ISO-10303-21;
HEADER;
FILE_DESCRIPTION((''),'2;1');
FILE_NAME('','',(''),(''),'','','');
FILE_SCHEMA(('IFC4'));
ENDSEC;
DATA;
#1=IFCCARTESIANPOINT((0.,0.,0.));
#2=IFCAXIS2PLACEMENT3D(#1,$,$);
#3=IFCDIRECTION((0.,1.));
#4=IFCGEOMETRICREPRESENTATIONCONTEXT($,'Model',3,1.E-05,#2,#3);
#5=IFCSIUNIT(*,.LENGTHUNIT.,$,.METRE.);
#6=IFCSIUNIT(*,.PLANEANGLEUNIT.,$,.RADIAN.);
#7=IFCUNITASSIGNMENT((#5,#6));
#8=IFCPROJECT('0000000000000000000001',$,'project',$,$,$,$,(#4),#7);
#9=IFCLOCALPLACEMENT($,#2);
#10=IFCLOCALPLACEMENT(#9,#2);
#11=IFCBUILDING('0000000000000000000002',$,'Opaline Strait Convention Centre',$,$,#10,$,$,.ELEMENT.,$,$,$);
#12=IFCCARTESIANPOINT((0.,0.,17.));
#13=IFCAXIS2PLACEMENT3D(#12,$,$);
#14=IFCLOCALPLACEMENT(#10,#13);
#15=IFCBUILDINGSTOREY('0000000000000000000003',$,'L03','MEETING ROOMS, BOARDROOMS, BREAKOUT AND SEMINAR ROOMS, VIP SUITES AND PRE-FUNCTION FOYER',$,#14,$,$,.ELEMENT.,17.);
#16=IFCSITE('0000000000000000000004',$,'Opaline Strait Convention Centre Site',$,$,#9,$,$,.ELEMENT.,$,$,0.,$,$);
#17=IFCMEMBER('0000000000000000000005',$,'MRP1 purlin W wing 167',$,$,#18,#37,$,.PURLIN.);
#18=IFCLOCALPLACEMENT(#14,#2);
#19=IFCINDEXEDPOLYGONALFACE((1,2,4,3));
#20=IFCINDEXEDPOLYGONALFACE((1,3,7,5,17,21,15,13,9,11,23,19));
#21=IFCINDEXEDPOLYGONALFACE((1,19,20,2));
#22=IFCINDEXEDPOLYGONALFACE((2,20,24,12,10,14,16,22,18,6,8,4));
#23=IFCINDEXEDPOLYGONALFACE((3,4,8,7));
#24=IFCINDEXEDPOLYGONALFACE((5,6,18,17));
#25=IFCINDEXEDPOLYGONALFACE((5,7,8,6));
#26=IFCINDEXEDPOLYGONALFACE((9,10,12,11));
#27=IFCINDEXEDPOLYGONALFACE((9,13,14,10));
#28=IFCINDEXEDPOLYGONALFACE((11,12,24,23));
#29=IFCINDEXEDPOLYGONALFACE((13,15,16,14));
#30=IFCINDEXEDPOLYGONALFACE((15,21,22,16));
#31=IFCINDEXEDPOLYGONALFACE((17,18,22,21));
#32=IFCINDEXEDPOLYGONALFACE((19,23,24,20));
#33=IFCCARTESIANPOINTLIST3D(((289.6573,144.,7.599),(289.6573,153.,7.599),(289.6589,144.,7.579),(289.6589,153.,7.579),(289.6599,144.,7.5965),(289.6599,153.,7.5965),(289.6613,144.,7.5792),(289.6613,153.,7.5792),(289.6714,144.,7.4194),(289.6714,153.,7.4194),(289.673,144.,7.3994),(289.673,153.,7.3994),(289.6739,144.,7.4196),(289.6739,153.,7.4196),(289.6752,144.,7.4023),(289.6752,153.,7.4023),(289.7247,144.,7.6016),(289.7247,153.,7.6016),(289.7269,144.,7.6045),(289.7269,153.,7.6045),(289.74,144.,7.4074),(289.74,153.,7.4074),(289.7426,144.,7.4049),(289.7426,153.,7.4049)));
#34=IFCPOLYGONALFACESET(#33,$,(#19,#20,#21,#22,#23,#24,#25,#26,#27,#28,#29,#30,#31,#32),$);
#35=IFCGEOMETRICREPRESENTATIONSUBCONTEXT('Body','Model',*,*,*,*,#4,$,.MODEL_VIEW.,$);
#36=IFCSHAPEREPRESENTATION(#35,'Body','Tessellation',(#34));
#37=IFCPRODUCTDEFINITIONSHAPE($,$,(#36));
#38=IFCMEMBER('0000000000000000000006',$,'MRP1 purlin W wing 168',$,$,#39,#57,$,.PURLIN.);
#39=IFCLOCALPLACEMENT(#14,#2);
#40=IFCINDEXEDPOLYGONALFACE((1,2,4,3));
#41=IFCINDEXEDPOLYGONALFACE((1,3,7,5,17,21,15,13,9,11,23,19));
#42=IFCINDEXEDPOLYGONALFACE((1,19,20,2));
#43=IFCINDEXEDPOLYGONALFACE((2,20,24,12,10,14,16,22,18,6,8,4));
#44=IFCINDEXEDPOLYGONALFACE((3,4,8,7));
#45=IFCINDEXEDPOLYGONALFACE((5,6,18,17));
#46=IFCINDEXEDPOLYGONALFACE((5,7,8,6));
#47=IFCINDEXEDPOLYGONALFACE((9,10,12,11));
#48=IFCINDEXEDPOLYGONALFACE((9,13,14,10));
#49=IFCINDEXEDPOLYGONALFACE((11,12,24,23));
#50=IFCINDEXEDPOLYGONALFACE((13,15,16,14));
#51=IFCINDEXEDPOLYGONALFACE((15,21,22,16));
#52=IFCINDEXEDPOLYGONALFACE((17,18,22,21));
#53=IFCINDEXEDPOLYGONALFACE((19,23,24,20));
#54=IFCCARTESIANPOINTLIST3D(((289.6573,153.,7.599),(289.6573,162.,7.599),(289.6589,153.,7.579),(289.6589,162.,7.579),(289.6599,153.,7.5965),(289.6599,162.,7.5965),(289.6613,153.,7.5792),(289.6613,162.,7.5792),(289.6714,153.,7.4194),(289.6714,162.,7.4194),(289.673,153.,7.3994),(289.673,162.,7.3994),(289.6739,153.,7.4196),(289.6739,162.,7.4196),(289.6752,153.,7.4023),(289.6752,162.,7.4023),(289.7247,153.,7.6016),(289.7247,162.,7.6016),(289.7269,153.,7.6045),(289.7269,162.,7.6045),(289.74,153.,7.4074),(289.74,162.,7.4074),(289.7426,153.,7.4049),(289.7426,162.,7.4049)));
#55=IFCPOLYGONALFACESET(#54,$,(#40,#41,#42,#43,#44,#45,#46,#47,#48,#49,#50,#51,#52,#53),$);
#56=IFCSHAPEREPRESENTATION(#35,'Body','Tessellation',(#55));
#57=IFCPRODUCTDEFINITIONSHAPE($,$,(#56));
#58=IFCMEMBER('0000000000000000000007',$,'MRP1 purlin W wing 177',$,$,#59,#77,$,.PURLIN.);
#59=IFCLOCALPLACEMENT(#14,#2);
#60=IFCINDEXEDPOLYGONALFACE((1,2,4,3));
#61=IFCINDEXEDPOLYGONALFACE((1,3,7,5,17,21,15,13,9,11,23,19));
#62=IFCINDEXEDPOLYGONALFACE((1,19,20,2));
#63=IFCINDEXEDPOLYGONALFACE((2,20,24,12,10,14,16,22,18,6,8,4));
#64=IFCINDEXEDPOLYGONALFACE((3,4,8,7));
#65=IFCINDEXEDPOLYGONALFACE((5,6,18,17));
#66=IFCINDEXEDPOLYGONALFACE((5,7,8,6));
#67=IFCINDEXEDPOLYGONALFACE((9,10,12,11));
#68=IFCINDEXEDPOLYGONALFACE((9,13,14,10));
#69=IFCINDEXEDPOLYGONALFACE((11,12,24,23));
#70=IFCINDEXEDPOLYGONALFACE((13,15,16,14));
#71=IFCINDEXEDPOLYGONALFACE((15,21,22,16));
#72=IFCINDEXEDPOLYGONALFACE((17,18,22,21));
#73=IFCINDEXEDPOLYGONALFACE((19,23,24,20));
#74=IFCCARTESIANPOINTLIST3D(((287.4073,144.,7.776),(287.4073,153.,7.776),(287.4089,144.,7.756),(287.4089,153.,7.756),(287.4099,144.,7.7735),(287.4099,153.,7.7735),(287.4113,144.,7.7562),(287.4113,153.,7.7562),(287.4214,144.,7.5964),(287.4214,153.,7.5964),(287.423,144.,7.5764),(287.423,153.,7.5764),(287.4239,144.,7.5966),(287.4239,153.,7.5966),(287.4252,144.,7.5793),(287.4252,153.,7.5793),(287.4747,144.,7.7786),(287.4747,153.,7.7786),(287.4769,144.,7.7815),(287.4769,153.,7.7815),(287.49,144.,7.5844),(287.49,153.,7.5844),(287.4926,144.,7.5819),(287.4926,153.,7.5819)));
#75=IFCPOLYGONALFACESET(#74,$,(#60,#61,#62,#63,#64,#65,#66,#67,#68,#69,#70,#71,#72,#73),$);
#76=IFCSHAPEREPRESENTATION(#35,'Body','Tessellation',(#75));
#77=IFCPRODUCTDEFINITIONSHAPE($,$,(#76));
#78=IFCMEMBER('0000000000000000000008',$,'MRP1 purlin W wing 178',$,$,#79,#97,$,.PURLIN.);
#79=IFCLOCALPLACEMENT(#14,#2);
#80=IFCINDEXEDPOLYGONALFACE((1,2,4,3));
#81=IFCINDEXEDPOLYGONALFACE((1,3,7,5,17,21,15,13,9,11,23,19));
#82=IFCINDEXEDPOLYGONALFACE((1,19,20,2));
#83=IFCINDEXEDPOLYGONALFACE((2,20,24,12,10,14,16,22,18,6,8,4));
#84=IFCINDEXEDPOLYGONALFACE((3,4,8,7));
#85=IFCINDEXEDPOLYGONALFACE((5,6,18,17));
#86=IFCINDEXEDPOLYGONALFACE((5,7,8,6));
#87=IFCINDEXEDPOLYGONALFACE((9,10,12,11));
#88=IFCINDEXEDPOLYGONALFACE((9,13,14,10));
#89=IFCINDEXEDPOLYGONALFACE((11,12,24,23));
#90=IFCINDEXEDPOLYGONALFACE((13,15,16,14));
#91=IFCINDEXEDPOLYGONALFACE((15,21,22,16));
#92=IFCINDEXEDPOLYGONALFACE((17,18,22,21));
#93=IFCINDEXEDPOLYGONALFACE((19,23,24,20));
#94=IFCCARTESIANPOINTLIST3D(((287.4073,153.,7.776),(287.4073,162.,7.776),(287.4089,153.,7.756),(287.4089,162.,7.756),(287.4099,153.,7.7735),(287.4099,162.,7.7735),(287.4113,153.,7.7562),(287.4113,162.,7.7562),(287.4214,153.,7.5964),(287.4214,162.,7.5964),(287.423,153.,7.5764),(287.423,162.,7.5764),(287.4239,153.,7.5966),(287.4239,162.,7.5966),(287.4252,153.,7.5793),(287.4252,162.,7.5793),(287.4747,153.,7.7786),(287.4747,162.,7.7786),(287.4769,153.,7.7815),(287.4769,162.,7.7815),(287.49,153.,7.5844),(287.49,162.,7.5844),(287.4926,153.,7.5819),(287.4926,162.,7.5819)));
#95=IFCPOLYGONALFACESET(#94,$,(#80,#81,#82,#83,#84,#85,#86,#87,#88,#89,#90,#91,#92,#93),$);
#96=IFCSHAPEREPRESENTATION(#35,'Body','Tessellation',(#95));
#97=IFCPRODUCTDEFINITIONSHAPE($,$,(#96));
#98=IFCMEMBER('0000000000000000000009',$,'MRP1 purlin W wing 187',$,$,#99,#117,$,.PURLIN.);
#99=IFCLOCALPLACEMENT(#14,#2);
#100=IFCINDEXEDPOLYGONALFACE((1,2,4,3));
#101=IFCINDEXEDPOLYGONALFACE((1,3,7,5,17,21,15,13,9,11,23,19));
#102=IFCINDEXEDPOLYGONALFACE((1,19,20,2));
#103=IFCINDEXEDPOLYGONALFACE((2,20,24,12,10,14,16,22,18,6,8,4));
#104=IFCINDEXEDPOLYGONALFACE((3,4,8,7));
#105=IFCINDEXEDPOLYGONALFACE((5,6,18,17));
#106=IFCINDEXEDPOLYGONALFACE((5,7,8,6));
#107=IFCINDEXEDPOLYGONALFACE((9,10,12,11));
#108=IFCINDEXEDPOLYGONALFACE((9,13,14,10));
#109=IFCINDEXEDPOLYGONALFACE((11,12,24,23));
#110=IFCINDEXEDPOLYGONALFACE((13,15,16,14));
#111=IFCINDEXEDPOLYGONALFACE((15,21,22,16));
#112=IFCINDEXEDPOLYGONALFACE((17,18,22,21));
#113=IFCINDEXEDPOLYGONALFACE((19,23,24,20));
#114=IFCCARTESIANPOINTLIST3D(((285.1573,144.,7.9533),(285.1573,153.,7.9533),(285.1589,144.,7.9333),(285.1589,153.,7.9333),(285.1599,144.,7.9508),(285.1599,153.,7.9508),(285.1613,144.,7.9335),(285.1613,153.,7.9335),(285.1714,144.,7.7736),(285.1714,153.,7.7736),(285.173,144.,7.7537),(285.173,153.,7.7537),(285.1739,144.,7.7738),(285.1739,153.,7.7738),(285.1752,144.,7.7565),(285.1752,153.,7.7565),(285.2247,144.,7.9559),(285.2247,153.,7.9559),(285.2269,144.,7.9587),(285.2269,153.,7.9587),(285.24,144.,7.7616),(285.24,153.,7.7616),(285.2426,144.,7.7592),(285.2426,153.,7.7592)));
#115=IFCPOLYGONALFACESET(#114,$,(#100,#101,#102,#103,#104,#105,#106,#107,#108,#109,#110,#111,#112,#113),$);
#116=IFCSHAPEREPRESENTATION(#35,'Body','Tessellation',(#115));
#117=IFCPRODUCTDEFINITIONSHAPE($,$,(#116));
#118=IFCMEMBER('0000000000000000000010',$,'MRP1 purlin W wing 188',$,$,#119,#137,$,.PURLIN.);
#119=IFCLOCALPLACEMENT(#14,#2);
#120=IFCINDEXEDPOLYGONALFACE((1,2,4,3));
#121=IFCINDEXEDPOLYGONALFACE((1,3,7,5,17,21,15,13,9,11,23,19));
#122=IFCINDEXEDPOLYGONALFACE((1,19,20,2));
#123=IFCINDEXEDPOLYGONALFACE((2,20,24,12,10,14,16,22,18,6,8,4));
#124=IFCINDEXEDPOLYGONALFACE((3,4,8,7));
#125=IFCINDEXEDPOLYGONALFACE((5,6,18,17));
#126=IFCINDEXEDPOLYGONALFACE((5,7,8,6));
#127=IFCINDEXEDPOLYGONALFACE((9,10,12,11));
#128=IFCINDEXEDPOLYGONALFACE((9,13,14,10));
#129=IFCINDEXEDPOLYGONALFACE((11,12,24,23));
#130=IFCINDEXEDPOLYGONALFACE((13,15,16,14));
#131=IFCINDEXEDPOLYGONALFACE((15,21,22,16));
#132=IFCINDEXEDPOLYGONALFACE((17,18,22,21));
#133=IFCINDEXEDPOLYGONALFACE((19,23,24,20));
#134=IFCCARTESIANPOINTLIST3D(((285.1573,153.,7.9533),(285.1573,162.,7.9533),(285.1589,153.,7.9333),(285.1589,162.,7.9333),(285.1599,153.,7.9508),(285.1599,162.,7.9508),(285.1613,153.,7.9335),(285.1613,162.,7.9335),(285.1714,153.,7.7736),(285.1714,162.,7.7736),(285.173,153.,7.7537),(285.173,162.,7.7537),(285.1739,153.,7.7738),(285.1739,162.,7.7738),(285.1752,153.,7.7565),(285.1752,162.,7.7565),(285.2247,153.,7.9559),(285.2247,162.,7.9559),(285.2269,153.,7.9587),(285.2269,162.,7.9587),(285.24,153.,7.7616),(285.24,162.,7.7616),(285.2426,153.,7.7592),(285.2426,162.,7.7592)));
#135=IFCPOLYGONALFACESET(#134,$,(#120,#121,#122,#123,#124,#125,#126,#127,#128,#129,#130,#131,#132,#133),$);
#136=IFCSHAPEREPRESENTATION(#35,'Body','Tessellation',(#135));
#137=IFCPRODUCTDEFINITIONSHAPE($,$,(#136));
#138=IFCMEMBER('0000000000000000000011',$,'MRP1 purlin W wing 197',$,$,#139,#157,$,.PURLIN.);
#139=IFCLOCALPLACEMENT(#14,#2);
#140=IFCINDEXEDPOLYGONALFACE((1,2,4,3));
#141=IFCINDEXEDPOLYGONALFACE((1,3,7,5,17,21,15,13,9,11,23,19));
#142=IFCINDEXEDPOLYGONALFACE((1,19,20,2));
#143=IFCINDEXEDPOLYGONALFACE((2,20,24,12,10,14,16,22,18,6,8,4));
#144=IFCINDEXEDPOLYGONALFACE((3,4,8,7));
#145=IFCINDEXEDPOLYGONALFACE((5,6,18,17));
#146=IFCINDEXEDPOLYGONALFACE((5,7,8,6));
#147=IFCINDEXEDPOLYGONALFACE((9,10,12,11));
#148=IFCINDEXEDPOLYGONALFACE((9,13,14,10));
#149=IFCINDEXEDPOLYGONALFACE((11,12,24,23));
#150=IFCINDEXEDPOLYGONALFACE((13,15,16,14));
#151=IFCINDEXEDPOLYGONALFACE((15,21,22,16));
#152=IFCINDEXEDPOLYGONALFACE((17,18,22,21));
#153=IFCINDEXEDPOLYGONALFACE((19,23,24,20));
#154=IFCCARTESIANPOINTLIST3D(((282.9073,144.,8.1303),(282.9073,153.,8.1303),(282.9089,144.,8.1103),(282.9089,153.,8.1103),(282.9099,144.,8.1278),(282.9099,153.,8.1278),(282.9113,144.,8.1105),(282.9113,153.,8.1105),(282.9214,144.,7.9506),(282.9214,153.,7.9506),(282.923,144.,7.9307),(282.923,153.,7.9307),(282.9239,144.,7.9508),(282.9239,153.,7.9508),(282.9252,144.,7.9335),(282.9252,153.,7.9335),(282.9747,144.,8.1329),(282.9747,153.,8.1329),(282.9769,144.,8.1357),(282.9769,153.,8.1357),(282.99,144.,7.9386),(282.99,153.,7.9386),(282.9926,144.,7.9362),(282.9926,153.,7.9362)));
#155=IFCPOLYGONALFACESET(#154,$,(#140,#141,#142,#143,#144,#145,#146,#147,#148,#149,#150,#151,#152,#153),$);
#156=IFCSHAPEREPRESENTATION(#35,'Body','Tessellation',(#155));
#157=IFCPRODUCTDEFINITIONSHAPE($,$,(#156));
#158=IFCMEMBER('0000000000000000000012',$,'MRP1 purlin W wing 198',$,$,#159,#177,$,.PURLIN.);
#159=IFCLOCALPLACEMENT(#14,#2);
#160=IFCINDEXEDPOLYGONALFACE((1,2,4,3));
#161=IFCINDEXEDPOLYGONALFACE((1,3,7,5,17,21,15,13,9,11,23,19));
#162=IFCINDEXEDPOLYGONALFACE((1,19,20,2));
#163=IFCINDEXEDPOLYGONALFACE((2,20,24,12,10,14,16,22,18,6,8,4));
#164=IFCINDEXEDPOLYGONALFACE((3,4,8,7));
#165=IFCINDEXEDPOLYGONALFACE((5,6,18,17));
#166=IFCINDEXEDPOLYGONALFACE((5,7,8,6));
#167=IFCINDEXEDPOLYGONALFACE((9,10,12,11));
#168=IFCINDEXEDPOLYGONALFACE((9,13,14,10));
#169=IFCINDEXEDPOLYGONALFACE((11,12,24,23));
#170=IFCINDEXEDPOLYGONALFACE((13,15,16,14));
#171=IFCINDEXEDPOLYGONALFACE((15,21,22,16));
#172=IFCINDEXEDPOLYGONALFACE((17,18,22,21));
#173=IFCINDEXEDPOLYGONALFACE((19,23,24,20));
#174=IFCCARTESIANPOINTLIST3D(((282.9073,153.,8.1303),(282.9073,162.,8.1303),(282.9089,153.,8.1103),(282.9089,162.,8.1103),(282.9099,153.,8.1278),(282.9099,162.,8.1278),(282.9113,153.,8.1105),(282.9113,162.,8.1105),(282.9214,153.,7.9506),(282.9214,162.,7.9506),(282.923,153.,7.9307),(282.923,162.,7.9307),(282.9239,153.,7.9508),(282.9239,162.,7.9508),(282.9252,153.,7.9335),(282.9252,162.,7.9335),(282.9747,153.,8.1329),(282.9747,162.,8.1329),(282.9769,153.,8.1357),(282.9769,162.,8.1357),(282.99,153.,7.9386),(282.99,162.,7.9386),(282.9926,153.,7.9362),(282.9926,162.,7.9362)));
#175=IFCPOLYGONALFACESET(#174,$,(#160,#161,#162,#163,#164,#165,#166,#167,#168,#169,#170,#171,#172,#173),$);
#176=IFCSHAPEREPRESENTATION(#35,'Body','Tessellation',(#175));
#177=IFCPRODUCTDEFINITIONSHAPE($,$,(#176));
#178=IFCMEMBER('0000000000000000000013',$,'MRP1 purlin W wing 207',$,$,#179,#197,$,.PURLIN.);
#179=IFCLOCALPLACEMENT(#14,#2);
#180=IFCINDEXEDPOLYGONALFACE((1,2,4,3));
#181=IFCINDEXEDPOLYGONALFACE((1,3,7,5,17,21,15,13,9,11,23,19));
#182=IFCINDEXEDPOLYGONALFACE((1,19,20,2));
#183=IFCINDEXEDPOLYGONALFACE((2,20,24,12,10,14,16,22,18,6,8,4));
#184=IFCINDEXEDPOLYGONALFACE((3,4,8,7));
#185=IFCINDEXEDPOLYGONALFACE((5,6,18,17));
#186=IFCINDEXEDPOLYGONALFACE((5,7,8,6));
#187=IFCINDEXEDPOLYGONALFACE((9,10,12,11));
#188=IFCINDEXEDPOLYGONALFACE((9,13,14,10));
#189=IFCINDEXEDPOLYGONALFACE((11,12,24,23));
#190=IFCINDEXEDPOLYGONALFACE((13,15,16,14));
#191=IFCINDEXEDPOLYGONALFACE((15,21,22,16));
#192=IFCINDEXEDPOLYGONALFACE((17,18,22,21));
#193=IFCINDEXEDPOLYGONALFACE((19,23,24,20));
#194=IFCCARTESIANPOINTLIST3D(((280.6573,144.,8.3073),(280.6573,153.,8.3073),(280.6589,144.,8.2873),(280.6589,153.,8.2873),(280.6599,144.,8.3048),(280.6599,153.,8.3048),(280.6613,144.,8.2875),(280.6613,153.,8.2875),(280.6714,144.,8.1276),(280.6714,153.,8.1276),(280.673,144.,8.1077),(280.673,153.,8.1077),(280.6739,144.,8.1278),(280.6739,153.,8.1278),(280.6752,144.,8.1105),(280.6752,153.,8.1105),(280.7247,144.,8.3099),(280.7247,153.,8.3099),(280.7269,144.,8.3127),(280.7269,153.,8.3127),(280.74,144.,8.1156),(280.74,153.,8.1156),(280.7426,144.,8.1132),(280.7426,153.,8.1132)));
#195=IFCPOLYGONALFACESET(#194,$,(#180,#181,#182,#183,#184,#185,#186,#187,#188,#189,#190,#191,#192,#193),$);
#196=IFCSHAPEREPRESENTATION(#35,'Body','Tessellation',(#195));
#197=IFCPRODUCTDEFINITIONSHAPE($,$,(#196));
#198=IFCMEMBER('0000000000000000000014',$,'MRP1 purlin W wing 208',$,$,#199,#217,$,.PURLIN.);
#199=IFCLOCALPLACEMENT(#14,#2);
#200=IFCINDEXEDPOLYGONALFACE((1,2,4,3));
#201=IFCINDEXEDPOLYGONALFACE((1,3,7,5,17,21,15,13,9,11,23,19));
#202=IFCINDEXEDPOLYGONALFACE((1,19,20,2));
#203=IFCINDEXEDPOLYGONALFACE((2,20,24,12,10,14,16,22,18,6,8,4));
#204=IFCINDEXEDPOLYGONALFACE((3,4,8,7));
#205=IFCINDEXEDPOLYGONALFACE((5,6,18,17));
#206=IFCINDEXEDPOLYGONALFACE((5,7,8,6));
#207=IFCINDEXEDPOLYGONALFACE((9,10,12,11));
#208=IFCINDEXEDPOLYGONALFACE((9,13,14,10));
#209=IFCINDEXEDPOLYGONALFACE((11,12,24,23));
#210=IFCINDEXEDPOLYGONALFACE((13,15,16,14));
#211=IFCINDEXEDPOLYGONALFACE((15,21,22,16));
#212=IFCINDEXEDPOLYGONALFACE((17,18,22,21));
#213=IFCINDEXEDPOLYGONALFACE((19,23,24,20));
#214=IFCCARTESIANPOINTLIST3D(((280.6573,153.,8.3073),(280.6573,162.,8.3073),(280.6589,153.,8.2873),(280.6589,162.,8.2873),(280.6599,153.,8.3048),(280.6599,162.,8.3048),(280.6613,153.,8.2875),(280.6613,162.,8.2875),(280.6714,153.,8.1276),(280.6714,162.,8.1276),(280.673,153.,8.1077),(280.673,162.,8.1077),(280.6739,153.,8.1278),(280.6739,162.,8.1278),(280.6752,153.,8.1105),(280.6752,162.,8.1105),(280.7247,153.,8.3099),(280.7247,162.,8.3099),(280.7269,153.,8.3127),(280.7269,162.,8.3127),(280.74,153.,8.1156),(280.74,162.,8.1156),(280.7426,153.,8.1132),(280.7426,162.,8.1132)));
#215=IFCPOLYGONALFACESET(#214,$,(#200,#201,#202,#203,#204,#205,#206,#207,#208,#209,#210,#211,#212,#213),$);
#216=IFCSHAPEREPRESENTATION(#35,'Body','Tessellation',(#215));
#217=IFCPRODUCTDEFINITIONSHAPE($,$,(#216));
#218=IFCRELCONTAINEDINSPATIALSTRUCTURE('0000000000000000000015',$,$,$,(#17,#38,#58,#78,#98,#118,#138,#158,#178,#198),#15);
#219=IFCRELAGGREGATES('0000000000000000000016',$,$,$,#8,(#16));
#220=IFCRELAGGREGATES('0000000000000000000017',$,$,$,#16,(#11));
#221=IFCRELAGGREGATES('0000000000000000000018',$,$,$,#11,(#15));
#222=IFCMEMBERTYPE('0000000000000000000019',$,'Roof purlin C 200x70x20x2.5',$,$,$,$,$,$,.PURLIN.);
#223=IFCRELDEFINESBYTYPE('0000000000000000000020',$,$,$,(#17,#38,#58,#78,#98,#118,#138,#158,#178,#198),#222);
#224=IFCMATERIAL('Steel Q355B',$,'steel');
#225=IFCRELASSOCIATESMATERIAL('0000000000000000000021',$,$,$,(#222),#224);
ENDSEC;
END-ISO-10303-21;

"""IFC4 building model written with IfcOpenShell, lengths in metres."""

from ifc_helpers import new_model, si_unit, direction, frame, origin, place, context, subcontext, project, spatial, polyline, outline, extrude, material, material_profile, profile_set, type_object, element, save


model = new_model("IFC4")

# Units and contexts
model_context = context("Model", 3, precision=1e-05, world=origin(), true_north=direction((0.0, 1.0)))
body_context = subcontext(model_context, "Body", "Model", "MODEL_VIEW")
ifc_project = project(units=[si_unit("LENGTHUNIT", "METRE"), si_unit("PLANEANGLEUNIT", "RADIAN")], contexts=[model_context])

# Site, building, storey
site_placement = place(None, origin())
site = spatial("IfcSite", under=ifc_project, at=site_placement, Name="Opaline Strait Convention Centre Site", CompositionType="ELEMENT", RefElevation=0.0)
building_placement = place(site_placement, origin())
building = spatial("IfcBuilding", under=site, at=building_placement, Name="Opaline Strait Convention Centre", CompositionType="ELEMENT")
storey_placement = place(building_placement, frame((0.0, 0.0, 17.0)))
storey = spatial("IfcBuildingStorey", under=building, at=storey_placement, Name="L03", Description="MEETING ROOMS, BOARDROOMS, BREAKOUT AND SEMINAR ROOMS, VIP SUITES AND PRE-FUNCTION FOYER", CompositionType="ELEMENT", Elevation=17.0)

# Shared definitions
ifc_material_1 = material(Name="Steel Q355B", Category="steel")

# Members
ifc_material_profile_1 = material_profile(ifc_material_1, outline(polyline([(-0.0349, -0.1001), (0.0349, -0.1001), (0.0349, -0.0801), (0.0325, -0.0801), (0.0325, -0.0974), (-0.0325, -0.0974), (-0.0325, 0.0974), (0.0325, 0.0974), (0.0325, 0.0801), (0.0349, 0.0801), (0.0349, 0.1001), (-0.0349, 0.1001), (-0.0349, -0.1001)])), Name="C 200x70x20x2.5")
ifc_profile_set_1 = profile_set([ifc_material_profile_1], Name="Steel Q355B")
member_type_1 = type_object("IfcMemberType", Name="Roof purlin C 200x70x20x2.5", PredefinedType="PURLIN", material=ifc_profile_set_1)
for number, where, z_axis, x_axis, name in (
    (1, (289.7, 144.0, 7.502), (0.0, 1.0, 0.0), (-0.996917, 0.0, -0.078459), "MRP1 purlin W wing 167"),
    (2, (289.7, 153.0, 7.502), (0.0, 1.0, 0.0), (-0.996917, 0.0, -0.078459), "MRP1 purlin W wing 168"),
    (3, (287.45, 144.0, 7.679), (0.0, 1.0, 0.0), (-0.996917, 0.0, -0.078459), "MRP1 purlin W wing 177"),
    (4, (287.45, 153.0, 7.679), (0.0, 1.0, 0.0), (-0.996917, 0.0, -0.078459), "MRP1 purlin W wing 178"),
    (5, (285.2, 144.0, 7.8562), (0.0, 1.0, 0.0), (-0.996917, 0.0, -0.078459), "MRP1 purlin W wing 187"),
    (6, (285.2, 153.0, 7.8562), (0.0, 1.0, 0.0), (-0.996917, 0.0, -0.078459), "MRP1 purlin W wing 188"),
    (7, (282.95, 144.0, 8.0332), (0.0, 1.0, 0.0), (-0.996917, 0.0, -0.078459), "MRP1 purlin W wing 197"),
    (8, (282.95, 153.0, 8.0332), (0.0, 1.0, 0.0), (-0.996917, 0.0, -0.078459), "MRP1 purlin W wing 198"),
    (9, (280.7, 144.0, 8.2102), (0.0, 1.0, 0.0), (-0.996917, 0.0, -0.078459), "MRP1 purlin W wing 207"),
    (10, (280.7, 153.0, 8.2102), (0.0, 1.0, 0.0), (-0.996917, 0.0, -0.078459), "MRP1 purlin W wing 208"),
):
    element("IfcMember", number, at=place(storey_placement, frame(where, z_axis=z_axis, x_axis=x_axis)), inside=storey, type_object=member_type_1, Name=name, PredefinedType="PURLIN", context=body_context, shape_type="SweptSolid", body=[
        extrude(outline(polyline([(-0.0349, -0.1001), (0.0349, -0.1001), (0.0349, -0.0801), (0.0325, -0.0801), (0.0325, -0.0974), (-0.0325, -0.0974), (-0.0325, 0.0974), (0.0325, 0.0974), (0.0325, 0.0801), (0.0349, 0.0801), (0.0349, 0.1001), (-0.0349, 0.1001), (-0.0349, -0.1001)])), origin(), (0.0, 0.0, 1.0), 9.0),
    ])

save(model, "model.ifc")
